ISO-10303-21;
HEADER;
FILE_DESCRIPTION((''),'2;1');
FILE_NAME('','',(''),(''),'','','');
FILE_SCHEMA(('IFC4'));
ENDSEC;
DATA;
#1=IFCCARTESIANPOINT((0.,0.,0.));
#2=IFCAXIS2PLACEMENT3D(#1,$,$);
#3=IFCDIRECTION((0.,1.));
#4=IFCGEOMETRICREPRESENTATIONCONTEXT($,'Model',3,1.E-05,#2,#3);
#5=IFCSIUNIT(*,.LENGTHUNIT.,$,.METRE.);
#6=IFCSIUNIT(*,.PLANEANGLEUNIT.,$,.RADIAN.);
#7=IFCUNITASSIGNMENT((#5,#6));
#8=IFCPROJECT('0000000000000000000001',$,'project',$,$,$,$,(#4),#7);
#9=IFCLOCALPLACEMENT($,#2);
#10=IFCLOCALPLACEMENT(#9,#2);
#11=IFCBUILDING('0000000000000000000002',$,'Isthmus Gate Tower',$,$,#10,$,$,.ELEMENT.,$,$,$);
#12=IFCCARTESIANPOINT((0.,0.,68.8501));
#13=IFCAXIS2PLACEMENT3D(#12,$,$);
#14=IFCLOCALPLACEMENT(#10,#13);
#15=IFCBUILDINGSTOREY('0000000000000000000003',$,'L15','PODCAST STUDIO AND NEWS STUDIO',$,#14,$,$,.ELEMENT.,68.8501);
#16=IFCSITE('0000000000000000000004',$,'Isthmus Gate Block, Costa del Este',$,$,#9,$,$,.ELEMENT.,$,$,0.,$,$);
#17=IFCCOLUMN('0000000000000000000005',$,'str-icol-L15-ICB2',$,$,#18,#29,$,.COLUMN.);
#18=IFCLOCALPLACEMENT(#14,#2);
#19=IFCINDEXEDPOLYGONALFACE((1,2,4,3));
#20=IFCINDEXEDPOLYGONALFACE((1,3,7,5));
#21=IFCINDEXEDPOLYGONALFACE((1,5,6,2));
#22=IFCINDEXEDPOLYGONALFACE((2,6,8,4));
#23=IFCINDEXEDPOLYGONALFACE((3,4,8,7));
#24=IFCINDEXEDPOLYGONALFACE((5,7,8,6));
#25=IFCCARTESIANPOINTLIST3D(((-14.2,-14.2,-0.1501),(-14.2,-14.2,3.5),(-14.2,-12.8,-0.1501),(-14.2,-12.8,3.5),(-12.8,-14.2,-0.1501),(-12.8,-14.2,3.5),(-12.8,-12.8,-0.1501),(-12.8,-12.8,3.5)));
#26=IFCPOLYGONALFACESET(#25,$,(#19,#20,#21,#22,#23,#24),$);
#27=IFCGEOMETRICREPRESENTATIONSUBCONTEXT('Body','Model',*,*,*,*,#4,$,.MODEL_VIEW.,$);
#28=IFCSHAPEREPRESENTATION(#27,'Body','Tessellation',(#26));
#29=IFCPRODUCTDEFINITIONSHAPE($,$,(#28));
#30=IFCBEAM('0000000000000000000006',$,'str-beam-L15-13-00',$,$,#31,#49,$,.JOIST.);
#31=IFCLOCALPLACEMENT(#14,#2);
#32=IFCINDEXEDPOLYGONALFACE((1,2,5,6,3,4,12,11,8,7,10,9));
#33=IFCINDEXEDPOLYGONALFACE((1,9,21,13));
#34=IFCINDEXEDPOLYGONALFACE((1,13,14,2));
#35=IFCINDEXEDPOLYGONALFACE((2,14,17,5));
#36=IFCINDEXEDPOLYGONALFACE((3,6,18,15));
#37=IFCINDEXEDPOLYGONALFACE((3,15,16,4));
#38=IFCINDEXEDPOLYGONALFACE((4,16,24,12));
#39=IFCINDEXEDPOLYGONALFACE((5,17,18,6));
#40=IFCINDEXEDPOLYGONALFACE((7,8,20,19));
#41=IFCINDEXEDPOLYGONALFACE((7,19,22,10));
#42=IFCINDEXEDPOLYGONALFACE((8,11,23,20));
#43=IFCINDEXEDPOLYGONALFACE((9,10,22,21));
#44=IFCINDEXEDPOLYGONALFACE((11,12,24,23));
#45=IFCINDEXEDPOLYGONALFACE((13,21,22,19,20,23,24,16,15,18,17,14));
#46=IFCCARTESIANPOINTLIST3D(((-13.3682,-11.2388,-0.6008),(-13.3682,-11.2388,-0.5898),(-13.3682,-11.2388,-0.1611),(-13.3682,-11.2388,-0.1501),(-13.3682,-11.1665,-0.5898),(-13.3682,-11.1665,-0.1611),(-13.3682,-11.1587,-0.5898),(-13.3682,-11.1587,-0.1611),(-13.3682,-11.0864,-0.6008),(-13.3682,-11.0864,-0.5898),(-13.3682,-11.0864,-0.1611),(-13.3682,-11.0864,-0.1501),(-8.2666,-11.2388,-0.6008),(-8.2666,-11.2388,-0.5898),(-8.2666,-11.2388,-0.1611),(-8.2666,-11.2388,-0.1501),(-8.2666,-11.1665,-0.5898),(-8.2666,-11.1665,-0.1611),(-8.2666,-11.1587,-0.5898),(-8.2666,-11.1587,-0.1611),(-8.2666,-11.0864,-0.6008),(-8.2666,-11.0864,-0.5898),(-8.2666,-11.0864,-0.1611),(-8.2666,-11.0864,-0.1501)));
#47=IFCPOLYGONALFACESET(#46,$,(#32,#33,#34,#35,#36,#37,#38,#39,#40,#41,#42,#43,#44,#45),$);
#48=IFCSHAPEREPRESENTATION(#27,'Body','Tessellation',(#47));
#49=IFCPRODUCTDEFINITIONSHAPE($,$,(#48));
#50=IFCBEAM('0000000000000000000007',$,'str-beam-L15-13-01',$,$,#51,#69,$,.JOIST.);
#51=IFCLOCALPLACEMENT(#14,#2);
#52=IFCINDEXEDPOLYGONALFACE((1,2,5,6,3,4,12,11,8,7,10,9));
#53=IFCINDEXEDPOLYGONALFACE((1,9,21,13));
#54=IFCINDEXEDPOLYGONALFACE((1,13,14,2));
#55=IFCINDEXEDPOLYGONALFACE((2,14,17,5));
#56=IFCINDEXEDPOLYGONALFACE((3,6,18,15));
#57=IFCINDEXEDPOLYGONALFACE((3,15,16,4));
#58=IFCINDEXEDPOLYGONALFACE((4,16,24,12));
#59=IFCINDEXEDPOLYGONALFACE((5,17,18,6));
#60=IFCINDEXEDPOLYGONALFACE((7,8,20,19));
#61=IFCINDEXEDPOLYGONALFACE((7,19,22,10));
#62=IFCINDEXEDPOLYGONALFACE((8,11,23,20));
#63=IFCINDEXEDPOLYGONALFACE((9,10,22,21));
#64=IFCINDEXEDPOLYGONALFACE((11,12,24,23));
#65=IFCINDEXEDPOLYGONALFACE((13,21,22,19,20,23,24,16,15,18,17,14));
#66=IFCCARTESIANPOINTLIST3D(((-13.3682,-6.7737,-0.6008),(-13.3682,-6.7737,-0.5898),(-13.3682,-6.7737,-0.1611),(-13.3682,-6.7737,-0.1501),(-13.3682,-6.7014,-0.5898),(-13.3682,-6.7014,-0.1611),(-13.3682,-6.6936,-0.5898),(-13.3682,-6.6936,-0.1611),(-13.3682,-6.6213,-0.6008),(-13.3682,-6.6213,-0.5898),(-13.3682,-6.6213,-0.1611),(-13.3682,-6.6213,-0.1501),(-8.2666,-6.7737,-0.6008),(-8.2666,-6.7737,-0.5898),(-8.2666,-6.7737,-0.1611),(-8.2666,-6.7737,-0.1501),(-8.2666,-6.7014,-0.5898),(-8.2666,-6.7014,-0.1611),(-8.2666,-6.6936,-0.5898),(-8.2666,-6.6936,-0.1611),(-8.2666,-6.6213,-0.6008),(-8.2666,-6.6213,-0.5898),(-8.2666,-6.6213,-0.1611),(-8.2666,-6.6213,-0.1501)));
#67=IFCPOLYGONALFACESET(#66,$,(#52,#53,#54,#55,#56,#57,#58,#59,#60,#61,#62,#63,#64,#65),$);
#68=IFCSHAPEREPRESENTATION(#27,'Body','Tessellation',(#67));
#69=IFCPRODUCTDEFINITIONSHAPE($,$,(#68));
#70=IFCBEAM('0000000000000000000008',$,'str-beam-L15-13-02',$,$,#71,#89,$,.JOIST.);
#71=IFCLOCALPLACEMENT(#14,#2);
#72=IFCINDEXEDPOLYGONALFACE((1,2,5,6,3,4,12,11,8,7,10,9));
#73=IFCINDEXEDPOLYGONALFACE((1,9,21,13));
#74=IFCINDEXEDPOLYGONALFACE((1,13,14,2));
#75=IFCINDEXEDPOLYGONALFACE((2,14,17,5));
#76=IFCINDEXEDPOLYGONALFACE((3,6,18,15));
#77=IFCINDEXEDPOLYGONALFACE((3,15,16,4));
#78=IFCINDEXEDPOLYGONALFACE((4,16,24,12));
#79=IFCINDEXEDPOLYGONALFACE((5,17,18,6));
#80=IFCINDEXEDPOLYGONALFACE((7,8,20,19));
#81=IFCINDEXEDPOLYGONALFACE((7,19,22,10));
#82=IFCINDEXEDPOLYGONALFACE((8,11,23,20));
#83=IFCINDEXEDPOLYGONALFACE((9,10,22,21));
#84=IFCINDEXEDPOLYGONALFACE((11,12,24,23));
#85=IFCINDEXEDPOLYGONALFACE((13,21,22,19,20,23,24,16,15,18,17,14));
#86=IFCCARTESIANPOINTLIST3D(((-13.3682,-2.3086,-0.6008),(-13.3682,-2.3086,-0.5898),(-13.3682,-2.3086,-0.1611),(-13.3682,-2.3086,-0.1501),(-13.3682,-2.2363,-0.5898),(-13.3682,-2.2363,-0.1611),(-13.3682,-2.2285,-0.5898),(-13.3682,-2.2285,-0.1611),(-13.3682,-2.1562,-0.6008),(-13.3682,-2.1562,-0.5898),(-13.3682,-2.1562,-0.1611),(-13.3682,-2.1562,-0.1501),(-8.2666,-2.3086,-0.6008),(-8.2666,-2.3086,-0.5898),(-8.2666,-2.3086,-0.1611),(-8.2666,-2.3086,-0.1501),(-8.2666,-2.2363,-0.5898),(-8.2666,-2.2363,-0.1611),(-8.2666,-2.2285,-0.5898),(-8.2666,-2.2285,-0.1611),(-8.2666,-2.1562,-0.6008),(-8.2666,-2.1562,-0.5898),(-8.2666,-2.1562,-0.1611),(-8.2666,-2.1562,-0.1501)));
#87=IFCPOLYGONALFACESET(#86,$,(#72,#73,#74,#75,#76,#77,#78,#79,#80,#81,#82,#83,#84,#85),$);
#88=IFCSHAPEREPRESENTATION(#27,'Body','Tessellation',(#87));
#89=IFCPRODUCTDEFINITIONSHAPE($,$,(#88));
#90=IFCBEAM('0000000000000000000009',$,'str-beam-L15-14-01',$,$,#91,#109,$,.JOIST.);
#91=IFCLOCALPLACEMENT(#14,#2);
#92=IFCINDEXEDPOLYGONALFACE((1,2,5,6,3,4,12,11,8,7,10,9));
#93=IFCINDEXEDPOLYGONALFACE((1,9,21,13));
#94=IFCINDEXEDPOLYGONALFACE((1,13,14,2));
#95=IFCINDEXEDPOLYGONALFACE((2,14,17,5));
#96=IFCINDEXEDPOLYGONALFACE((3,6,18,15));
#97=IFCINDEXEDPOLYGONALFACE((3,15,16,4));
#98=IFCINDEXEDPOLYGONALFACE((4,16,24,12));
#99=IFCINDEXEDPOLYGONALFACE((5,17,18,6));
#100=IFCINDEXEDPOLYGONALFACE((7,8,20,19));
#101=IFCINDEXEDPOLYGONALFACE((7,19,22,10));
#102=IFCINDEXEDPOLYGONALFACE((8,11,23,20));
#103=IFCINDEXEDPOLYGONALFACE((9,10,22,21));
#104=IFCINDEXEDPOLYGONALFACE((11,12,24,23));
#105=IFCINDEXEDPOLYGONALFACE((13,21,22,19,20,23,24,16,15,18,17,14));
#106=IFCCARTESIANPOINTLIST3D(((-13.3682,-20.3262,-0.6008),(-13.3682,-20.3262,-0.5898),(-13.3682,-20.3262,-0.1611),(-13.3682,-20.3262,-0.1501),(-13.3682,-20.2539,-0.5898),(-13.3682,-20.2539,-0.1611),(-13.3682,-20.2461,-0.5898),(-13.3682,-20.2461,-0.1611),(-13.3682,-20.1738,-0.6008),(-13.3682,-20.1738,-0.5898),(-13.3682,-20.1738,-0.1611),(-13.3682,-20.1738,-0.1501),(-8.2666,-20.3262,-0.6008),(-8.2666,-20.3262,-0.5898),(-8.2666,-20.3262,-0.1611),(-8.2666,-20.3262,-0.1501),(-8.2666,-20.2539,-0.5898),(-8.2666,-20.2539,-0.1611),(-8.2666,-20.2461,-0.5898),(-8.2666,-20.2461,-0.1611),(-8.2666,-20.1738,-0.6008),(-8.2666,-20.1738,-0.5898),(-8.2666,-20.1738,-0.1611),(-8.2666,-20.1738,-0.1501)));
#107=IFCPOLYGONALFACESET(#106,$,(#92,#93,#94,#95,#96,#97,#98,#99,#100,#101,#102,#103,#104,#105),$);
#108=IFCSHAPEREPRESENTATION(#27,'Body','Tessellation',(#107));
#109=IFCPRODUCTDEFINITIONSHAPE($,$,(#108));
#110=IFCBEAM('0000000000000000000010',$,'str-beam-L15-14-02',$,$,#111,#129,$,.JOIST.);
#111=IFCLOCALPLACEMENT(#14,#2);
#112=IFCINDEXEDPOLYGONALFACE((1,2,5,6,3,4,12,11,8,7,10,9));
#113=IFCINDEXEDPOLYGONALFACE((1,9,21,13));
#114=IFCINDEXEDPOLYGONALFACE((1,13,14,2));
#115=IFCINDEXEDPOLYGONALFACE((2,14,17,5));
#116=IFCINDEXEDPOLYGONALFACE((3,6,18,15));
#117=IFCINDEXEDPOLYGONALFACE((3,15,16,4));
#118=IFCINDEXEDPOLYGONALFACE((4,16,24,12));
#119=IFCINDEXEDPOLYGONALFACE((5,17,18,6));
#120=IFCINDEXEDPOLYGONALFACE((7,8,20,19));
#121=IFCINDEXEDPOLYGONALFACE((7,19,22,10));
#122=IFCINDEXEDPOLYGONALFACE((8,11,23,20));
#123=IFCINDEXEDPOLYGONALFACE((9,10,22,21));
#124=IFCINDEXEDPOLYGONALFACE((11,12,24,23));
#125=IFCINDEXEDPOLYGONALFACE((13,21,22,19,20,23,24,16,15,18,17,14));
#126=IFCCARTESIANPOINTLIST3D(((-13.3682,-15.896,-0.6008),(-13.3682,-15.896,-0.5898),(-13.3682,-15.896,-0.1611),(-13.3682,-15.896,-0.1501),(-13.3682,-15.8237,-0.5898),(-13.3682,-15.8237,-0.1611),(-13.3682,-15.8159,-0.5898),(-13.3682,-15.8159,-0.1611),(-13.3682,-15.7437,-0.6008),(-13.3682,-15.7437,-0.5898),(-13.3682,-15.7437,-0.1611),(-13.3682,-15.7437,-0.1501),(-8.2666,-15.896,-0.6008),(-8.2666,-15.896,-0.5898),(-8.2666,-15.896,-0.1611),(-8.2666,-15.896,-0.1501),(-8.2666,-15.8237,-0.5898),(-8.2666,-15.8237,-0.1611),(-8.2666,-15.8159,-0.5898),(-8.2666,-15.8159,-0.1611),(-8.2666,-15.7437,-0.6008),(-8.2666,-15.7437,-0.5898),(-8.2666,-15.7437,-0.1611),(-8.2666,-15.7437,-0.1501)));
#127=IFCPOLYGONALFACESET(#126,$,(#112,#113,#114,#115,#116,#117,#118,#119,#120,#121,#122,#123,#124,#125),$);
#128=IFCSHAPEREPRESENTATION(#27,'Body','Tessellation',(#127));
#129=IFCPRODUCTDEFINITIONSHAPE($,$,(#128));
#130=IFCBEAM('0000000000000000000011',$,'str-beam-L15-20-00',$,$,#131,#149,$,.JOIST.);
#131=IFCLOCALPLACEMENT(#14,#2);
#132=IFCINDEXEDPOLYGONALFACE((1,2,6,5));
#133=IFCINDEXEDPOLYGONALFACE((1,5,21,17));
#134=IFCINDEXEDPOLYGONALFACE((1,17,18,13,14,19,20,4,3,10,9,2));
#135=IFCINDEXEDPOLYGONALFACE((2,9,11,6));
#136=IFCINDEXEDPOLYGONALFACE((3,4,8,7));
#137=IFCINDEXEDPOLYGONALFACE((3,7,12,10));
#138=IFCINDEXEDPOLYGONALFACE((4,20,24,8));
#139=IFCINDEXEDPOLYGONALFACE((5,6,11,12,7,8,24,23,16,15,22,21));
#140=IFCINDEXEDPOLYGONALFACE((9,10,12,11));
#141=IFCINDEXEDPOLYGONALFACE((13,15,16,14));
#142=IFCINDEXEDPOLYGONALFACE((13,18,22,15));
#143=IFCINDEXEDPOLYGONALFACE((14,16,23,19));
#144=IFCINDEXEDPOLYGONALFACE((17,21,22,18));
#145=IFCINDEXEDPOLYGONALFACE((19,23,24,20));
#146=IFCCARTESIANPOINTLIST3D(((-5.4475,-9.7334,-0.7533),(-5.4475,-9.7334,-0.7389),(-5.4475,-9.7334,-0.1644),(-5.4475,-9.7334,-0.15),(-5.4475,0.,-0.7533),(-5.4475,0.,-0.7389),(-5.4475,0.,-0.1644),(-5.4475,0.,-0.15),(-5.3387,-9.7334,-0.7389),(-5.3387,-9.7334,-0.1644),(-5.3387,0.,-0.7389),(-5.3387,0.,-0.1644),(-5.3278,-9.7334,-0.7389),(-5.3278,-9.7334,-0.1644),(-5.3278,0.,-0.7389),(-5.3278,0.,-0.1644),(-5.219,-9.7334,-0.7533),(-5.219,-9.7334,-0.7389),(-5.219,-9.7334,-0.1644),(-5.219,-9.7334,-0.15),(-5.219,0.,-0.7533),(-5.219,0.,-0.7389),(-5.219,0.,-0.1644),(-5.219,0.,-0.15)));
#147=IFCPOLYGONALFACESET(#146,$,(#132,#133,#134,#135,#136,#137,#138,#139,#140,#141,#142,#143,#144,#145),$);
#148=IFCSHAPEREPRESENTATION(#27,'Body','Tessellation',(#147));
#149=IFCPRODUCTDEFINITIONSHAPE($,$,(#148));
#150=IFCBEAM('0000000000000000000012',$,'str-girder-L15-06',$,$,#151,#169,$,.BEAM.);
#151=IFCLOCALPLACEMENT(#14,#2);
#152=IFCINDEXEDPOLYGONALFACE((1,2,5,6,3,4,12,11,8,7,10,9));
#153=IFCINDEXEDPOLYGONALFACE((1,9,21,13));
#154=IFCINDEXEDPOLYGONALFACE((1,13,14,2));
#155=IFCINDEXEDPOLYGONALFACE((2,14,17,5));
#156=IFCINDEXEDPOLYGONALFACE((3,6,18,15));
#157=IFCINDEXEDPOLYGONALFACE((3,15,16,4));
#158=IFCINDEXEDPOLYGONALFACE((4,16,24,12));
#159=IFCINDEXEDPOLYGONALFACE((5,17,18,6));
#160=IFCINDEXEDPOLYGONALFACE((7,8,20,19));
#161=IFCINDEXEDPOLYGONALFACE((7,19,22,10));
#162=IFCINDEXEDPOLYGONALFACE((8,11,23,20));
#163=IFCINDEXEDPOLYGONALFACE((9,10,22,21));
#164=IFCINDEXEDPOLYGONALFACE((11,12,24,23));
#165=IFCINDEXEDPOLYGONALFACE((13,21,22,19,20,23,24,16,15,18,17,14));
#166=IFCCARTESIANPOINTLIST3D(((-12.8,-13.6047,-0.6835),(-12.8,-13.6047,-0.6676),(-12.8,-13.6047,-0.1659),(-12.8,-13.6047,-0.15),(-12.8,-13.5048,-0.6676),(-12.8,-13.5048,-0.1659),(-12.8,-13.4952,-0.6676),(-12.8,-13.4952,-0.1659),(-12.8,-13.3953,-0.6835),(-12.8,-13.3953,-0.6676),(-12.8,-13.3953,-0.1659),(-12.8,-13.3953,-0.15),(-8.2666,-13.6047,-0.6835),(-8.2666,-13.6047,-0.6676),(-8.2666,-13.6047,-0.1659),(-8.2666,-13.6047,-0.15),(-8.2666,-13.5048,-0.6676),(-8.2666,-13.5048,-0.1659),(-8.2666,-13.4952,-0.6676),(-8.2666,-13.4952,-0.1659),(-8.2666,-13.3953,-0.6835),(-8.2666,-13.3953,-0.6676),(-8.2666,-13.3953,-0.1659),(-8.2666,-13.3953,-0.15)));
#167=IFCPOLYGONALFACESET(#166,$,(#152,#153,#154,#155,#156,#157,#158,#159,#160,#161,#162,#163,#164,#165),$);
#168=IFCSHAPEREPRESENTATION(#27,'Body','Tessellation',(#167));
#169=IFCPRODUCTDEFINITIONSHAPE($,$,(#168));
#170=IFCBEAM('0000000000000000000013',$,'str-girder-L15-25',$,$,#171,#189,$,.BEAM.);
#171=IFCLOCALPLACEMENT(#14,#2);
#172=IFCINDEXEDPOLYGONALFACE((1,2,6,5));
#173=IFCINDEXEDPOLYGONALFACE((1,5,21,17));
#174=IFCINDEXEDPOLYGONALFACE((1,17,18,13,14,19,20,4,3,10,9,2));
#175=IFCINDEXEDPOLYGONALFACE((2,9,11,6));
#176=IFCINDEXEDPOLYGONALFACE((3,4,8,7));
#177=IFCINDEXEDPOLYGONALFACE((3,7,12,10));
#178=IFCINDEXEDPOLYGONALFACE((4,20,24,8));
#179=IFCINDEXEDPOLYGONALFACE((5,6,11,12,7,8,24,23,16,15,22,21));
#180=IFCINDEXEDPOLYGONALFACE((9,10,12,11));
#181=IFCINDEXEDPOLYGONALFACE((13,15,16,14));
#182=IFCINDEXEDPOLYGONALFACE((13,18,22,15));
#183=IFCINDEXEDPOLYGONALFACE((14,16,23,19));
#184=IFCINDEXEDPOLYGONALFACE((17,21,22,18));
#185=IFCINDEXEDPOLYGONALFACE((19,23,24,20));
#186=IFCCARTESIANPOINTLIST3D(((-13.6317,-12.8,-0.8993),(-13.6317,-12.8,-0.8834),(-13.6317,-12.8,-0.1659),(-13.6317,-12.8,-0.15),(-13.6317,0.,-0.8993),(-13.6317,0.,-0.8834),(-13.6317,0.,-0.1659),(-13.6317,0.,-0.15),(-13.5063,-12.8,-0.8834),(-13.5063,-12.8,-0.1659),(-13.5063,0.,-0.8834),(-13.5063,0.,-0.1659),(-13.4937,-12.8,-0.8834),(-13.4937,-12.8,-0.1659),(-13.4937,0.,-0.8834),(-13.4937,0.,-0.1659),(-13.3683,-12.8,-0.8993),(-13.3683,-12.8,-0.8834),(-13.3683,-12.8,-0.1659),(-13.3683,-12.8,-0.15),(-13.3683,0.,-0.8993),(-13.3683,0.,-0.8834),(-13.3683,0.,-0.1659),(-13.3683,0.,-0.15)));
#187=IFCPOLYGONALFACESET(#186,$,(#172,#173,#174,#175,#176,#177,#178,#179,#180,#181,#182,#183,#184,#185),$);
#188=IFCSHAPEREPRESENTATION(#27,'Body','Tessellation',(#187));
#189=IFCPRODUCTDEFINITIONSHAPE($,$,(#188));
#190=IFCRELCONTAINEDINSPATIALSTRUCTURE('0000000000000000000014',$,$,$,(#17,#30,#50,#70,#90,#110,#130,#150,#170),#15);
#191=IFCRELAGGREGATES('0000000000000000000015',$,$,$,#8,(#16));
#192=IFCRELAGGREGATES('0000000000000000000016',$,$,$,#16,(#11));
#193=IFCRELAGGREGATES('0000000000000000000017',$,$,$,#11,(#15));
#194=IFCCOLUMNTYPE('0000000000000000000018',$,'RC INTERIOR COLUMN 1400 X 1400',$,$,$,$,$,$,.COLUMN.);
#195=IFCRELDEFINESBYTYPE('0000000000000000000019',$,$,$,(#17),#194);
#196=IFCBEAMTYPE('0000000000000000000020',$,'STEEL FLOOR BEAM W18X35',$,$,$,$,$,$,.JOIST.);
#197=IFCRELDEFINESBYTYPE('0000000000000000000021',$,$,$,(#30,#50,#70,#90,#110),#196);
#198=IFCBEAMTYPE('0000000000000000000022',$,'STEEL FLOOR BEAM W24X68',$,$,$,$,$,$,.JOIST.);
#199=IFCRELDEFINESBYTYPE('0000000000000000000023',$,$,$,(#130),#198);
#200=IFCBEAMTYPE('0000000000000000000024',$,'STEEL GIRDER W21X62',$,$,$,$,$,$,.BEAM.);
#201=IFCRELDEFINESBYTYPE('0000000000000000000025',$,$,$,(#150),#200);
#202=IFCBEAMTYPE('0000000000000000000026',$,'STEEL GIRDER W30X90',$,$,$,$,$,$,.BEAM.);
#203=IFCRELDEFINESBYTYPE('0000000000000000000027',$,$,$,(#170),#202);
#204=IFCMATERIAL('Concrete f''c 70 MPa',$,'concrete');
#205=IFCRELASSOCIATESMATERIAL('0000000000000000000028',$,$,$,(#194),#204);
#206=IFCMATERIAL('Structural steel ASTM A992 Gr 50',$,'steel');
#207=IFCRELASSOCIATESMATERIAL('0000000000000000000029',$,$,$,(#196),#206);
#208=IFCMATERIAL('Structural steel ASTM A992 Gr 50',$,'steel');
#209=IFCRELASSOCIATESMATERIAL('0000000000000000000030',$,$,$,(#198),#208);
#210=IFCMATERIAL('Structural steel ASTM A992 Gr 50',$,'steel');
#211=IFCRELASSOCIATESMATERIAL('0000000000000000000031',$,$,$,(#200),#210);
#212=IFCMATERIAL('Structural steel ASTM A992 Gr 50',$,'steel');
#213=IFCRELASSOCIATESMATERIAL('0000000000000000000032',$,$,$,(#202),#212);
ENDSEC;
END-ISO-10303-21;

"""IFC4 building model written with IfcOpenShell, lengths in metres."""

from ifc_helpers import new_model, si_unit, direction, frame, origin, origin_2d, place, context, subcontext, project, spatial, rectangle, i_section, extrude, material, material_profile, profile_set, type_object, element, save


model = new_model("IFC4")

# Units and contexts
model_context = context("Model", 3, precision=1e-05, world=origin(), true_north=direction((0.0, 1.0)))
body_context = subcontext(model_context, "Body", "Model", "MODEL_VIEW")
ifc_project = project(units=[si_unit("LENGTHUNIT", "METRE"), si_unit("PLANEANGLEUNIT", "RADIAN")], contexts=[model_context])

# Site, building, storey
site_placement = place(None, origin())
site = spatial("IfcSite", under=ifc_project, at=site_placement, Name="Isthmus Gate Block, Costa del Este", CompositionType="ELEMENT", RefElevation=0.0)
building_placement = place(site_placement, origin())
building = spatial("IfcBuilding", under=site, at=building_placement, Name="Isthmus Gate Tower", CompositionType="ELEMENT")
storey_placement = place(building_placement, frame((0.0, 0.0, 68.8501)))
storey = spatial("IfcBuildingStorey", under=building, at=storey_placement, Name="L15", Description="PODCAST STUDIO AND NEWS STUDIO", CompositionType="ELEMENT", Elevation=68.8501)

# Column
ifc_material_1 = material(Name="Concrete f'c 70 MPa", Category="concrete")
ifc_material_profile_1 = material_profile(ifc_material_1, rectangle(XDim=1.3999, YDim=1.3999, at=origin_2d()), Name="RC 1400X1400")
ifc_profile_set_1 = profile_set([ifc_material_profile_1], Name="Concrete f'c 70 MPa")
column_type = type_object("IfcColumnType", Name="RC INTERIOR COLUMN 1400 X 1400", PredefinedType="COLUMN", material=ifc_profile_set_1)
column_placement = place(storey_placement, frame((-13.5, -13.5, -0.1501), z_axis=(0.0, 0.0, 1.0), x_axis=(1.0, 0.0, 0.0)))
element("IfcColumn", 1, at=column_placement, inside=storey, type_object=column_type, Name="str-icol-L15-ICB2", PredefinedType="COLUMN", context=body_context, shape_type="SweptSolid", body=[
    extrude(rectangle(XDim=1.3999, YDim=1.3999, at=origin_2d()), origin(), (0.0, 0.0, 1.0), 3.6501),
])

# Beams
ifc_material_2 = material(Name="Structural steel ASTM A992 Gr 50", Category="steel")
ifc_material_profile_2 = material_profile(ifc_material_2, i_section(OverallWidth=0.1523, OverallDepth=0.4507, WebThickness=0.0078, FlangeThickness=0.011, at=origin_2d()), Name="W18X35")
ifc_profile_set_2 = profile_set([ifc_material_profile_2], Name="Structural steel ASTM A992 Gr 50")
beam_type_1 = type_object("IfcBeamType", Name="STEEL FLOOR BEAM W18X35", PredefinedType="JOIST", material=ifc_profile_set_2)
for number, where, z_axis, x_axis, name in (
    (2, (-13.3682, -11.1626, -0.3755), (1.0, 0.0, 0.0), (0.0, 1.0, 0.0), "str-beam-L15-13-00"),
    (3, (-13.3682, -6.6975, -0.3755), (1.0, 0.0, 0.0), (0.0, 1.0, 0.0), "str-beam-L15-13-01"),
    (4, (-13.3682, -2.2324, -0.3755), (1.0, 0.0, 0.0), (0.0, 1.0, 0.0), "str-beam-L15-13-02"),
    (5, (-13.3682, -20.25, -0.3755), (1.0, 0.0, 0.0), (0.0, 1.0, 0.0), "str-beam-L15-14-01"),
    (6, (-13.3682, -15.8198, -0.3755), (1.0, 0.0, 0.0), (0.0, 1.0, 0.0), "str-beam-L15-14-02"),
):
    element("IfcBeam", number, at=place(storey_placement, frame(where, z_axis=z_axis, x_axis=x_axis)), inside=storey, type_object=beam_type_1, Name=name, PredefinedType="JOIST", context=body_context, shape_type="SweptSolid", body=[
        extrude(i_section(OverallWidth=0.1523, OverallDepth=0.4507, WebThickness=0.0078, FlangeThickness=0.011, at=origin_2d()), origin(), (0.0, 0.0, 1.0), 5.1016),
    ])
ifc_material_3 = material(Name="Structural steel ASTM A992 Gr 50", Category="steel")
ifc_material_profile_3 = material_profile(ifc_material_3, i_section(OverallWidth=0.2285, OverallDepth=0.6033, WebThickness=0.011, FlangeThickness=0.0144, at=origin_2d()), Name="W24X68")
ifc_profile_set_3 = profile_set([ifc_material_profile_3], Name="Structural steel ASTM A992 Gr 50")
beam_type_2 = type_object("IfcBeamType", Name="STEEL FLOOR BEAM W24X68", PredefinedType="JOIST", material=ifc_profile_set_3)
beam_1_placement = place(storey_placement, frame((-5.3333, -9.7334, -0.4517), z_axis=(0.0, 1.0, 0.0), x_axis=(-1.0, 0.0, 0.0)))
element("IfcBeam", 7, at=beam_1_placement, inside=storey, type_object=beam_type_2, Name="str-beam-L15-20-00", PredefinedType="JOIST", context=body_context, shape_type="SweptSolid", body=[
    extrude(i_section(OverallWidth=0.2285, OverallDepth=0.6033, WebThickness=0.011, FlangeThickness=0.0144, at=origin_2d()), origin(), (0.0, 0.0, 1.0), 9.7334),
])
ifc_material_4 = material(Name="Structural steel ASTM A992 Gr 50", Category="steel")
ifc_material_profile_4 = material_profile(ifc_material_4, i_section(OverallWidth=0.2095, OverallDepth=0.5334, WebThickness=0.0095, FlangeThickness=0.0159, at=origin_2d()), Name="W21X62")
ifc_profile_set_4 = profile_set([ifc_material_profile_4], Name="Structural steel ASTM A992 Gr 50")
beam_type_3 = type_object("IfcBeamType", Name="STEEL GIRDER W21X62", PredefinedType="BEAM", material=ifc_profile_set_4)
beam_2_placement = place(storey_placement, frame((-12.8, -13.5, -0.4167), z_axis=(1.0, 0.0, 0.0), x_axis=(0.0, 1.0, 0.0)))
element("IfcBeam", 8, at=beam_2_placement, inside=storey, type_object=beam_type_3, Name="str-girder-L15-06", PredefinedType="BEAM", context=body_context, shape_type="SweptSolid", body=[
    extrude(i_section(OverallWidth=0.2095, OverallDepth=0.5334, WebThickness=0.0095, FlangeThickness=0.0159, at=origin_2d()), origin(), (0.0, 0.0, 1.0), 4.5334),
])
ifc_material_5 = material(Name="Structural steel ASTM A992 Gr 50", Category="steel")
ifc_material_profile_5 = material_profile(ifc_material_5, i_section(OverallWidth=0.2634, OverallDepth=0.7493, WebThickness=0.0127, FlangeThickness=0.0159, at=origin_2d()), Name="W30X90")
ifc_profile_set_5 = profile_set([ifc_material_profile_5], Name="Structural steel ASTM A992 Gr 50")
beam_type_4 = type_object("IfcBeamType", Name="STEEL GIRDER W30X90", PredefinedType="BEAM", material=ifc_profile_set_5)
beam_3_placement = place(storey_placement, frame((-13.5, -12.8, -0.5247), z_axis=(0.0, 1.0, 0.0), x_axis=(-1.0, 0.0, 0.0)))
element("IfcBeam", 9, at=beam_3_placement, inside=storey, type_object=beam_type_4, Name="str-girder-L15-25", PredefinedType="BEAM", context=body_context, shape_type="SweptSolid", body=[
    extrude(i_section(OverallWidth=0.2634, OverallDepth=0.7493, WebThickness=0.0127, FlangeThickness=0.0159, at=origin_2d()), origin(), (0.0, 0.0, 1.0), 12.8),
])

save(model, "model.ifc")
